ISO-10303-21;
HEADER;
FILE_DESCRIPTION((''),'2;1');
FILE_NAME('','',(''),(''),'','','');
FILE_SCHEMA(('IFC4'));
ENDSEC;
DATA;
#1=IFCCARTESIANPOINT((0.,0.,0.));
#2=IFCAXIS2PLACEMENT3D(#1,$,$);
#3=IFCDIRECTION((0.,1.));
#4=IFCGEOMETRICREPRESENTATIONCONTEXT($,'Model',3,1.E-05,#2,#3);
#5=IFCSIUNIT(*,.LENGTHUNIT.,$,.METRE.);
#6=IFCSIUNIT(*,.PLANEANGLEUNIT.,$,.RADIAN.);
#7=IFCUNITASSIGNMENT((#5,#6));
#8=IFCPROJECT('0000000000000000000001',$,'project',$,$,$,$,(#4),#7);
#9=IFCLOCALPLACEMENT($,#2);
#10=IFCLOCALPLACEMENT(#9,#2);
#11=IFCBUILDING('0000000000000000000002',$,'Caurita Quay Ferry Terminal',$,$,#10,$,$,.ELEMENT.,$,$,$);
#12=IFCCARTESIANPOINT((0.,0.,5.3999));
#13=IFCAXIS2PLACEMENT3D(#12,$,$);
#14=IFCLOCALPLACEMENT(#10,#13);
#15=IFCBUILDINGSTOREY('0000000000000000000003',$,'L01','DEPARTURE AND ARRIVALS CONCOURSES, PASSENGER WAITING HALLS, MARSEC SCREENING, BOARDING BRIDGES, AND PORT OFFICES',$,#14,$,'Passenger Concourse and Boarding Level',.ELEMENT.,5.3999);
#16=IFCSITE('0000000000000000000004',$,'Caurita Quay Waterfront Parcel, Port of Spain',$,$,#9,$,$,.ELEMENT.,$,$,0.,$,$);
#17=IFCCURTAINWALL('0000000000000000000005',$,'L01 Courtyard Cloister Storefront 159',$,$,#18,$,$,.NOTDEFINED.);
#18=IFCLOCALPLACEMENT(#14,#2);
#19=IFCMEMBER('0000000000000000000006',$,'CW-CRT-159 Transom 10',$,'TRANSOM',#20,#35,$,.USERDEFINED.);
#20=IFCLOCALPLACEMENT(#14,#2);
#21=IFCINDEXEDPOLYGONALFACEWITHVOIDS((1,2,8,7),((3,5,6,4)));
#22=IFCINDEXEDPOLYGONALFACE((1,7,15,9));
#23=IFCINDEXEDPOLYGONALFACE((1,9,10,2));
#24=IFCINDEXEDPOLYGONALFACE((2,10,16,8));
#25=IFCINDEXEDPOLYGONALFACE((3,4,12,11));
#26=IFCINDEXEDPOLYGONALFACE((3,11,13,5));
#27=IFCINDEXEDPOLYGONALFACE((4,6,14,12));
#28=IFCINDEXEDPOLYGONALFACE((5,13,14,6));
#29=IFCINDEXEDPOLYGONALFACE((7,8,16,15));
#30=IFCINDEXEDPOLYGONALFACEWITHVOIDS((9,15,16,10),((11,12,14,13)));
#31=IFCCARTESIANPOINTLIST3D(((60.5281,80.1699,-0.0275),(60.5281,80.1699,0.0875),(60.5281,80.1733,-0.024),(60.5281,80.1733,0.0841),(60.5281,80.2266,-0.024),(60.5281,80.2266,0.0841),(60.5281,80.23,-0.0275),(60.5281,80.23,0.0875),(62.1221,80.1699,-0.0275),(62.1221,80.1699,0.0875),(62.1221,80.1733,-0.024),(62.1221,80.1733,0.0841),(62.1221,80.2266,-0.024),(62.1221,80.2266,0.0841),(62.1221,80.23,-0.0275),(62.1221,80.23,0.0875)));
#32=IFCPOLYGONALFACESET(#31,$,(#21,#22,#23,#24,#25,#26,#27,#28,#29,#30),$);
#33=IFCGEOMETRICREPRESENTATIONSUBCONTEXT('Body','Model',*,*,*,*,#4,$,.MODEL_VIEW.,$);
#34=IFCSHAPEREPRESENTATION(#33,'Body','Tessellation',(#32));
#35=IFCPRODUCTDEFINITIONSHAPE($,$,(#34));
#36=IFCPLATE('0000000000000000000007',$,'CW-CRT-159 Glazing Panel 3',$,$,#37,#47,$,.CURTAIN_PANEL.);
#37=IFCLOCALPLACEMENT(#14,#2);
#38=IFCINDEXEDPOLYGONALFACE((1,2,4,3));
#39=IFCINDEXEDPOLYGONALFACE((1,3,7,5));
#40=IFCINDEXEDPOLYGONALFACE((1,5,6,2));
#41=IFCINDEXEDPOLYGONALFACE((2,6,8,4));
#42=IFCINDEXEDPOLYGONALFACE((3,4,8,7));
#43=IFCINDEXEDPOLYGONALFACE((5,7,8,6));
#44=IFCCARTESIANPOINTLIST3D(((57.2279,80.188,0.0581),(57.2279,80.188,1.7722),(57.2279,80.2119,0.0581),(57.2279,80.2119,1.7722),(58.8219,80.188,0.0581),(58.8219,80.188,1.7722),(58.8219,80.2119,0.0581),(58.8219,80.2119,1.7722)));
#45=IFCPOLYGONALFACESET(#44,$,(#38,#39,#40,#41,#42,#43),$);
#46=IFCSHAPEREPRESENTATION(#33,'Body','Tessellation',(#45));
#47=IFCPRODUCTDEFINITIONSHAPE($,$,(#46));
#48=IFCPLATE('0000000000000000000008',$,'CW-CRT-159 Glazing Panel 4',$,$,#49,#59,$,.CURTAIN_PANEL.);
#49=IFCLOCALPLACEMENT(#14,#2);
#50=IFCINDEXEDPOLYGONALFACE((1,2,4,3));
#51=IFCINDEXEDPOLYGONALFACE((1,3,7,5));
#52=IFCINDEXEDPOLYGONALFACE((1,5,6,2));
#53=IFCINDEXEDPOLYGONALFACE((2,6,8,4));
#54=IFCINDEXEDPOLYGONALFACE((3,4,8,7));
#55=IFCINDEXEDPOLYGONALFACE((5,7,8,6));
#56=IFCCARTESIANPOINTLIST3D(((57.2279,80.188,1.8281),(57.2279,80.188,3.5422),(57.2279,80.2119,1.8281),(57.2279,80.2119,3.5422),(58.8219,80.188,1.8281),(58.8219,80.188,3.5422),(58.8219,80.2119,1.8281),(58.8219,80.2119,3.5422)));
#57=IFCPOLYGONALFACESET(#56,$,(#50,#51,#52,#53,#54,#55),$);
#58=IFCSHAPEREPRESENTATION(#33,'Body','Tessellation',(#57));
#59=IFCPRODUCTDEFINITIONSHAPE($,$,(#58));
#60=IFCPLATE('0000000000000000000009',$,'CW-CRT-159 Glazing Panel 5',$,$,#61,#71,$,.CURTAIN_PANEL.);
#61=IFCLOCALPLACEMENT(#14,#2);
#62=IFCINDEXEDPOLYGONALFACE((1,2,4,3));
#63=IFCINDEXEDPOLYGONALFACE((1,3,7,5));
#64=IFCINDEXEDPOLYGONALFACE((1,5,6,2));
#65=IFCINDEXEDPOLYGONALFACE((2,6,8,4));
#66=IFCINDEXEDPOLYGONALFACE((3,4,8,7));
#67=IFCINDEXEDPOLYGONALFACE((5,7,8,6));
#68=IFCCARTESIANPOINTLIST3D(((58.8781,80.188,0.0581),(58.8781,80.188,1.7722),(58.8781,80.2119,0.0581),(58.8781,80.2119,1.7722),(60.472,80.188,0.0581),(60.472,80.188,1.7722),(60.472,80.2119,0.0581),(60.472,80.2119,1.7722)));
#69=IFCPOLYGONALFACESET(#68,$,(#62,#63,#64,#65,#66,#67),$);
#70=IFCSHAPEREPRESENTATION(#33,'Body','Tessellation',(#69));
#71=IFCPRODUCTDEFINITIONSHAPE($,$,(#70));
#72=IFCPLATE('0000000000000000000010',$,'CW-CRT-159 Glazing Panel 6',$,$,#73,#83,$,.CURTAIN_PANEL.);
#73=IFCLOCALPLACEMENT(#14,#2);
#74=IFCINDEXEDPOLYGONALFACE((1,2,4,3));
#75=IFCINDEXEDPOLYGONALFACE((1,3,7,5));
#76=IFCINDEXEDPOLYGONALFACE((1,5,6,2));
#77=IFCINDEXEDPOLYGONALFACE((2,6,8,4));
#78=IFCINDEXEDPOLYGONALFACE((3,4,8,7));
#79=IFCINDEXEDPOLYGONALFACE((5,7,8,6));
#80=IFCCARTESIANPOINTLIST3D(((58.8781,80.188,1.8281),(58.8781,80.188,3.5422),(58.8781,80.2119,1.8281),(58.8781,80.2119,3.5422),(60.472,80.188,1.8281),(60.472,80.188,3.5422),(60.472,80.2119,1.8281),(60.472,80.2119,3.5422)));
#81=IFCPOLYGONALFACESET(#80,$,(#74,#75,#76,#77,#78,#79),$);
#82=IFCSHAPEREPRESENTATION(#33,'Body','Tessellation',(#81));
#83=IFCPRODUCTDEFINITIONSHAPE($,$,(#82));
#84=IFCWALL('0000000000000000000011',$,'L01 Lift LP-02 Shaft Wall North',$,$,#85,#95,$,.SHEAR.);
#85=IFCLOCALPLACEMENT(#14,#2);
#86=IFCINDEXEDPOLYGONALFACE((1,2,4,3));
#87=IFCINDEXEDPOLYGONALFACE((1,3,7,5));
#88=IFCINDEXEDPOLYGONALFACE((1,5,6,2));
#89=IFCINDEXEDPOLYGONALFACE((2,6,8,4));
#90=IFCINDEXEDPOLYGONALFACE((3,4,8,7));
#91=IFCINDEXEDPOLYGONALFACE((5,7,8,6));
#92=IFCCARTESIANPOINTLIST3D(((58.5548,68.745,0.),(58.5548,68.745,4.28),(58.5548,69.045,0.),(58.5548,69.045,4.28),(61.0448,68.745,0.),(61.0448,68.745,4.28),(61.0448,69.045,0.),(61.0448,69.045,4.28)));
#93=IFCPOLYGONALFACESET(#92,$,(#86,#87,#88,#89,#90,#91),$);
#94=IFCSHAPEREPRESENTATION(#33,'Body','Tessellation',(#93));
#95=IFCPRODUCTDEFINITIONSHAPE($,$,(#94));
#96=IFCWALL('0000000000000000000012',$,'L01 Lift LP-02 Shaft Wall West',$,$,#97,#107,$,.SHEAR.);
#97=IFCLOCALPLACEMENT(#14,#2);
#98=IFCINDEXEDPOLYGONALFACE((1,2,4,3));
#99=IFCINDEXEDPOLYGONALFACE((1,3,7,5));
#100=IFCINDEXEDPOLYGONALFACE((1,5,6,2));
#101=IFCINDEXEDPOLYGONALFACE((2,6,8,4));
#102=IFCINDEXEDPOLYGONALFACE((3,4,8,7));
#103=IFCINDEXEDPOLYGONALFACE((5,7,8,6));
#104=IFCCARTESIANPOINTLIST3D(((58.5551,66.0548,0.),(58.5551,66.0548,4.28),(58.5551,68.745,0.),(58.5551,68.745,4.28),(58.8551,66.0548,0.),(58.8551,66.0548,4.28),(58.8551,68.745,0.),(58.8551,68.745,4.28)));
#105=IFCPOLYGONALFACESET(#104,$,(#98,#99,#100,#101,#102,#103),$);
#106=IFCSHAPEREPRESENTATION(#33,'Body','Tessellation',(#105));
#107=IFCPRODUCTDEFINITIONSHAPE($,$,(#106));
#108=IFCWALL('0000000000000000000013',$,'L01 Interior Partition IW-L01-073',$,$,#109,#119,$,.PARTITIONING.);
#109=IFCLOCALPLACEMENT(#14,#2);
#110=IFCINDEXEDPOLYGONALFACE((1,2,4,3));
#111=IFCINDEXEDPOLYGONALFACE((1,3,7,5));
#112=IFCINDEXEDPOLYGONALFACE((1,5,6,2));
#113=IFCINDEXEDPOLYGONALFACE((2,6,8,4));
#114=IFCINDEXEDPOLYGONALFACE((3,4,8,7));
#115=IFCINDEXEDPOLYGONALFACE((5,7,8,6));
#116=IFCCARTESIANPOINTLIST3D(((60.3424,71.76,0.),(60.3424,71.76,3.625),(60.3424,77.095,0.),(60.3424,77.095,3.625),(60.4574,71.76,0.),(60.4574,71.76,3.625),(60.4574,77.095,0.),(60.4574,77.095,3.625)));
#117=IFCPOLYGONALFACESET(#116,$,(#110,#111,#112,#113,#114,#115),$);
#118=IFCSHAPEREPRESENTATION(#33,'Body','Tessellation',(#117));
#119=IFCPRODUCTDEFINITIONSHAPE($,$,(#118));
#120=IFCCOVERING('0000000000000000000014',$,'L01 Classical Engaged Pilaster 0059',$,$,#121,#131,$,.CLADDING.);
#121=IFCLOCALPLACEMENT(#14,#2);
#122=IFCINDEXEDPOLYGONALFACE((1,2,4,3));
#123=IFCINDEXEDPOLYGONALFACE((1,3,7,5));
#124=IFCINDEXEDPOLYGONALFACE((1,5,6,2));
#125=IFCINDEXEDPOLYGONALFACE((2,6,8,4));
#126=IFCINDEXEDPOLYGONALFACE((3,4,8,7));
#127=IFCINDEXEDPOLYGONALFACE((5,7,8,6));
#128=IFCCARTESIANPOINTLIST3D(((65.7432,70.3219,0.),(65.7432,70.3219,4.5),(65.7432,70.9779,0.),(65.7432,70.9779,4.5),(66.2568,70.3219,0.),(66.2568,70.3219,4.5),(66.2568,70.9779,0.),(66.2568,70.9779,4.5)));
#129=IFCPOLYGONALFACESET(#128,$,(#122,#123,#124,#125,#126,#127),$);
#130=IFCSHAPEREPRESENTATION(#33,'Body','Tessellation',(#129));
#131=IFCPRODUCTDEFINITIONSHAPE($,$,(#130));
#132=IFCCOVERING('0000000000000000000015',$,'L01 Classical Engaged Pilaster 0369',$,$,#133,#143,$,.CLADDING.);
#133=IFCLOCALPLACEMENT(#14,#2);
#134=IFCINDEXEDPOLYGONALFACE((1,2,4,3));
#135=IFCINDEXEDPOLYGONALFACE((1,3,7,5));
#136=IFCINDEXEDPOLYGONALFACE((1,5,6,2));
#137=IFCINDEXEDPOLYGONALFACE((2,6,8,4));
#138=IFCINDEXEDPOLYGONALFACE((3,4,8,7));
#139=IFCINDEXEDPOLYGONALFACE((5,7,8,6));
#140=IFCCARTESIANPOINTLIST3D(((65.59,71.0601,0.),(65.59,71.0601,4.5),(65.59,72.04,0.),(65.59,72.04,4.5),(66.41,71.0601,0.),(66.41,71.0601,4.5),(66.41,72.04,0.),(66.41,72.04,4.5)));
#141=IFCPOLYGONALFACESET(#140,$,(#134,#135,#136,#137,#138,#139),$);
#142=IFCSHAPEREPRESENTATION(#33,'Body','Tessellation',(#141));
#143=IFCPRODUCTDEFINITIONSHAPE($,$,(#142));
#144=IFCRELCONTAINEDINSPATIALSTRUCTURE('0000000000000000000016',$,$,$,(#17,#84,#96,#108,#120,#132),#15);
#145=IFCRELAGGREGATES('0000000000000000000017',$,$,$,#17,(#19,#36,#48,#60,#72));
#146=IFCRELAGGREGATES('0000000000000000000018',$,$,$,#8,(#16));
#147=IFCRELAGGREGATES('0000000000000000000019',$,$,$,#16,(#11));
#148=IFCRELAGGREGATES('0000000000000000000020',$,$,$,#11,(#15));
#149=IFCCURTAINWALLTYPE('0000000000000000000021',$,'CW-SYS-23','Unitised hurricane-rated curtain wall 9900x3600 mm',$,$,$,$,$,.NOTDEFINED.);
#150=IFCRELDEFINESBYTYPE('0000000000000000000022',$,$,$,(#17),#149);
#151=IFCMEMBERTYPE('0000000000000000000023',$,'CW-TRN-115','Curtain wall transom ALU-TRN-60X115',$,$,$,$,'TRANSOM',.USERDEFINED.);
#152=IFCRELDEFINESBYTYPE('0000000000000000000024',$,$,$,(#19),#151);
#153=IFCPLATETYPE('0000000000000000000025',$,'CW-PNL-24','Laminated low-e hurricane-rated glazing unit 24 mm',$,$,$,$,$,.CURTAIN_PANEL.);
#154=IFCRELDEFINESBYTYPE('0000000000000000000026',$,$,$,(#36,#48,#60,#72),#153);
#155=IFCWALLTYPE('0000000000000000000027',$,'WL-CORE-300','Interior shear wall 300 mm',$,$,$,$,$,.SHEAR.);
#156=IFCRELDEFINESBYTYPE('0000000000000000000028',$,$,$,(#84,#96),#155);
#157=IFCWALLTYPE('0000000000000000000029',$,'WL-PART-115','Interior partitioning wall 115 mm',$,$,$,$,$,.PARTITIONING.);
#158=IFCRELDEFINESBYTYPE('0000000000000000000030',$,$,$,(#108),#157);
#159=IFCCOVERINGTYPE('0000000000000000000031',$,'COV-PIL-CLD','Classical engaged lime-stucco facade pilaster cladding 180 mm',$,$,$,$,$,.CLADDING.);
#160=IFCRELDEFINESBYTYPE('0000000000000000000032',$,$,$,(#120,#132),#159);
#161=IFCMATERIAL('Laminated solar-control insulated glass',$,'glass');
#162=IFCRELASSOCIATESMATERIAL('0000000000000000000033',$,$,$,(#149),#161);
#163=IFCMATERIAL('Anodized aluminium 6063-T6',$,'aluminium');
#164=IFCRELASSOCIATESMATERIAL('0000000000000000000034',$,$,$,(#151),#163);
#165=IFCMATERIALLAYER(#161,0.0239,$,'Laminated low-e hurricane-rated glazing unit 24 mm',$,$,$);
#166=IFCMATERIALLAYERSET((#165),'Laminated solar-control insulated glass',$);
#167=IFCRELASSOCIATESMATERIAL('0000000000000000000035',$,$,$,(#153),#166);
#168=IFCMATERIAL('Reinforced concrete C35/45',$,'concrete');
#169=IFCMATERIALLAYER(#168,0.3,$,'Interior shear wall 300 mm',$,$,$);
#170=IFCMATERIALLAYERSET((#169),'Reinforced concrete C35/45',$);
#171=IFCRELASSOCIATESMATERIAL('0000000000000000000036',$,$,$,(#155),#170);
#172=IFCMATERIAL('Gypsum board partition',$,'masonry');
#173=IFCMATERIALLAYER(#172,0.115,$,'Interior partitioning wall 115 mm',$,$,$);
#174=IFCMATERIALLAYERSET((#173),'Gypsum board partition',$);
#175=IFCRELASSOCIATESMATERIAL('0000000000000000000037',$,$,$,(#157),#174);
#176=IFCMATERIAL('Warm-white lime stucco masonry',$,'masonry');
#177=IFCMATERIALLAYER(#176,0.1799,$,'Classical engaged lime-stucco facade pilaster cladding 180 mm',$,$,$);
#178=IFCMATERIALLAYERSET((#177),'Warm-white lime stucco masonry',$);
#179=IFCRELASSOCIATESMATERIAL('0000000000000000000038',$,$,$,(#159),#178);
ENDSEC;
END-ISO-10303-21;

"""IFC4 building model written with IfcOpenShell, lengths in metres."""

from ifc_helpers import new_model, si_unit, direction, frame, frame_2d, origin, origin_2d, place, context, subcontext, project, spatial, rectangle, hollow_rectangle, extrude, material, layer, layer_set, material_profile, profile_set, type_object, element, aggregate, save


model = new_model("IFC4")

# Units and contexts
model_context = context("Model", 3, precision=1e-05, world=origin(), true_north=direction((0.0, 1.0)))
body_context = subcontext(model_context, "Body", "Model", "MODEL_VIEW")
ifc_project = project(units=[si_unit("LENGTHUNIT", "METRE"), si_unit("PLANEANGLEUNIT", "RADIAN")], contexts=[model_context])

# Site, building, storey
site_placement = place(None, origin())
site = spatial("IfcSite", under=ifc_project, at=site_placement, Name="Caurita Quay Waterfront Parcel, Port of Spain", CompositionType="ELEMENT", RefElevation=0.0)
building_placement = place(site_placement, origin())
building = spatial("IfcBuilding", under=site, at=building_placement, Name="Caurita Quay Ferry Terminal", CompositionType="ELEMENT")
storey_placement = place(building_placement, frame((0.0, 0.0, 5.3999)))
storey = spatial("IfcBuildingStorey", under=building, at=storey_placement, Name="L01", Description="DEPARTURE AND ARRIVALS CONCOURSES, PASSENGER WAITING HALLS, MARSEC SCREENING, BOARDING BRIDGES, AND PORT OFFICES", LongName="Passenger Concourse and Boarding Level", CompositionType="ELEMENT", Elevation=5.3999)

# Shared definitions
ifc_material_1 = material(Name="Reinforced concrete C35/45", Category="concrete")

# Curtain wall, member, plates
ifc_material_2 = material(Name="Laminated solar-control insulated glass", Category="glass")
curtain_wall_type = type_object("IfcCurtainWallType", Name="CW-SYS-23", Description="Unitised hurricane-rated curtain wall 9900x3600 mm", PredefinedType="NOTDEFINED", material=ifc_material_2)
curtain_wall_placement = place(storey_placement, origin())
curtain_wall = element("IfcCurtainWall", 1, at=curtain_wall_placement, inside=storey, type_object=curtain_wall_type, Name="L01 Courtyard Cloister Storefront 159", PredefinedType="NOTDEFINED")
ifc_material_3 = material(Name="Anodized aluminium 6063-T6", Category="aluminium")
ifc_material_profile_1 = material_profile(ifc_material_3, hollow_rectangle(XDim=0.0601, YDim=0.115, WallThickness=0.0034, at=origin_2d()), Name="ALU-TRN-60X115")
ifc_profile_set_1 = profile_set([ifc_material_profile_1], Name="Anodized aluminium 6063-T6")
member_type_1 = type_object("IfcMemberType", Name="CW-TRN-115", Description="Curtain wall transom ALU-TRN-60X115", ElementType="TRANSOM", PredefinedType="USERDEFINED", material=ifc_profile_set_1)
member_1_placement = place(storey_placement, frame((60.5281, 80.2, 0.03), z_axis=(1.0, 0.0, 0.0), x_axis=(0.0, 1.0, 0.0)))
member_1 = element("IfcMember", 2, at=member_1_placement, type_object=member_type_1, Name="CW-CRT-159 Transom 10", ObjectType="TRANSOM", PredefinedType="USERDEFINED", context=body_context, shape_type="SweptSolid", body=[
    extrude(hollow_rectangle(XDim=0.0601, YDim=0.115, WallThickness=0.0034, at=origin_2d()), origin(), (0.0, 0.0, 1.0), 1.594),
])
ifc_layer_1 = layer(ifc_material_2, 0.0239, Name="Laminated low-e hurricane-rated glazing unit 24 mm")
ifc_layer_set_1 = layer_set([ifc_layer_1], Name="Laminated solar-control insulated glass")
plate_type = type_object("IfcPlateType", Name="CW-PNL-24", Description="Laminated low-e hurricane-rated glazing unit 24 mm", PredefinedType="CURTAIN_PANEL", material=ifc_layer_set_1)
plate_1_placement = place(storey_placement, frame((58.0249, 80.2, 0.0581), z_axis=(0.0, 0.0, 1.0), x_axis=(1.0, 0.0, 0.0)))
plate_1 = element("IfcPlate", 3, at=plate_1_placement, type_object=plate_type, Name="CW-CRT-159 Glazing Panel 3", PredefinedType="CURTAIN_PANEL", context=body_context, shape_type="SweptSolid", body=[
    extrude(rectangle(XDim=1.594, YDim=0.0239, at=origin_2d()), origin(), (0.0, 0.0, 1.0), 1.7141),
])
plate_2_placement = place(storey_placement, frame((58.0249, 80.2, 1.8281), z_axis=(0.0, 0.0, 1.0), x_axis=(1.0, 0.0, 0.0)))
plate_2 = element("IfcPlate", 4, at=plate_2_placement, type_object=plate_type, Name="CW-CRT-159 Glazing Panel 4", PredefinedType="CURTAIN_PANEL", context=body_context, shape_type="SweptSolid", body=[
    extrude(rectangle(XDim=1.594, YDim=0.0239, at=origin_2d()), origin(), (0.0, 0.0, 1.0), 1.7141),
])
plate_3_placement = place(storey_placement, frame((59.675, 80.2, 0.0581), z_axis=(0.0, 0.0, 1.0), x_axis=(1.0, 0.0, 0.0)))
plate_3 = element("IfcPlate", 5, at=plate_3_placement, type_object=plate_type, Name="CW-CRT-159 Glazing Panel 5", PredefinedType="CURTAIN_PANEL", context=body_context, shape_type="SweptSolid", body=[
    extrude(rectangle(XDim=1.594, YDim=0.0239, at=origin_2d()), origin(), (0.0, 0.0, 1.0), 1.7141),
])
plate_4_placement = place(storey_placement, frame((59.675, 80.2, 1.8281), z_axis=(0.0, 0.0, 1.0), x_axis=(1.0, 0.0, 0.0)))
plate_4 = element("IfcPlate", 6, at=plate_4_placement, type_object=plate_type, Name="CW-CRT-159 Glazing Panel 6", PredefinedType="CURTAIN_PANEL", context=body_context, shape_type="SweptSolid", body=[
    extrude(rectangle(XDim=1.594, YDim=0.0239, at=origin_2d()), origin(), (0.0, 0.0, 1.0), 1.7141),
])
aggregate(curtain_wall, [member_1, plate_1, plate_2, plate_3, plate_4])

# Walls
ifc_layer_2 = layer(ifc_material_1, 0.3, Name="Interior shear wall 300 mm")
ifc_layer_set_2 = layer_set([ifc_layer_2], Name="Reinforced concrete C35/45")
wall_type_1 = type_object("IfcWallType", Name="WL-CORE-300", Description="Interior shear wall 300 mm", PredefinedType="SHEAR", material=ifc_layer_set_2)
wall_1_placement = place(storey_placement, frame((61.0449, 68.895, 0.0), z_axis=(0.0, 0.0, 1.0), x_axis=(-1.0, 0.0, 0.0)))
element("IfcWall", 7, at=wall_1_placement, inside=storey, type_object=wall_type_1, Name="L01 Lift LP-02 Shaft Wall North", PredefinedType="SHEAR", context=body_context, shape_type="SweptSolid", body=[
    extrude(rectangle(XDim=2.49, YDim=0.3, at=frame_2d((1.2451, 0.0))), origin(), (0.0, 0.0, 1.0), 4.28),
])
wall_2_placement = place(storey_placement, frame((58.7051, 68.7451, 0.0), z_axis=(0.0, 0.0, 1.0), x_axis=(0.0, -1.0, 0.0)))
element("IfcWall", 8, at=wall_2_placement, inside=storey, type_object=wall_type_1, Name="L01 Lift LP-02 Shaft Wall West", PredefinedType="SHEAR", context=body_context, shape_type="SweptSolid", body=[
    extrude(rectangle(XDim=2.6902, YDim=0.3, at=frame_2d((1.3452, 0.0))), origin(), (0.0, 0.0, 1.0), 4.28),
])
ifc_material_4 = material(Name="Gypsum board partition", Category="masonry")
ifc_layer_3 = layer(ifc_material_4, 0.115, Name="Interior partitioning wall 115 mm")
ifc_layer_set_3 = layer_set([ifc_layer_3], Name="Gypsum board partition")
wall_type_2 = type_object("IfcWallType", Name="WL-PART-115", Description="Interior partitioning wall 115 mm", PredefinedType="PARTITIONING", material=ifc_layer_set_3)
wall_3_placement = place(storey_placement, frame((60.3999, 71.76, 0.0), z_axis=(0.0, 0.0, 1.0), x_axis=(0.0, 1.0, 0.0)))
element("IfcWall", 9, at=wall_3_placement, inside=storey, type_object=wall_type_2, Name="L01 Interior Partition IW-L01-073", PredefinedType="PARTITIONING", context=body_context, shape_type="SweptSolid", body=[
    extrude(rectangle(XDim=5.335, YDim=0.115, at=frame_2d((2.6675, 0.0))), origin(), (0.0, 0.0, 1.0), 3.625),
])

# Coverings
ifc_material_5 = material(Name="Warm-white lime stucco masonry", Category="masonry")
ifc_layer_4 = layer(ifc_material_5, 0.1799, Name="Classical engaged lime-stucco facade pilaster cladding 180 mm")
ifc_layer_set_4 = layer_set([ifc_layer_4], Name="Warm-white lime stucco masonry")
covering_type = type_object("IfcCoveringType", Name="COV-PIL-CLD", Description="Classical engaged lime-stucco facade pilaster cladding 180 mm", PredefinedType="CLADDING", material=ifc_layer_set_4)
covering_1_placement = place(storey_placement, frame((66.0, 70.6499, 0.0), z_axis=(0.0, 0.0, 1.0), x_axis=(1.0, 0.0, 0.0)))
element("IfcCovering", 10, at=covering_1_placement, inside=storey, type_object=covering_type, Name="L01 Classical Engaged Pilaster 0059", PredefinedType="CLADDING", context=body_context, shape_type="SweptSolid", body=[
    extrude(rectangle(XDim=0.5137, YDim=0.656, at=origin_2d()), origin(), (0.0, 0.0, 1.0), 4.5),
])
covering_2_placement = place(storey_placement, frame((66.0, 71.55, 0.0), z_axis=(0.0, 0.0, 1.0), x_axis=(1.0, 0.0, 0.0)))
element("IfcCovering", 11, at=covering_2_placement, inside=storey, type_object=covering_type, Name="L01 Classical Engaged Pilaster 0369", PredefinedType="CLADDING", context=body_context, shape_type="SweptSolid", body=[
    extrude(rectangle(XDim=0.8201, YDim=0.98, at=origin_2d()), origin(), (0.0, 0.0, 1.0), 4.5),
])

save(model, "model.ifc")
